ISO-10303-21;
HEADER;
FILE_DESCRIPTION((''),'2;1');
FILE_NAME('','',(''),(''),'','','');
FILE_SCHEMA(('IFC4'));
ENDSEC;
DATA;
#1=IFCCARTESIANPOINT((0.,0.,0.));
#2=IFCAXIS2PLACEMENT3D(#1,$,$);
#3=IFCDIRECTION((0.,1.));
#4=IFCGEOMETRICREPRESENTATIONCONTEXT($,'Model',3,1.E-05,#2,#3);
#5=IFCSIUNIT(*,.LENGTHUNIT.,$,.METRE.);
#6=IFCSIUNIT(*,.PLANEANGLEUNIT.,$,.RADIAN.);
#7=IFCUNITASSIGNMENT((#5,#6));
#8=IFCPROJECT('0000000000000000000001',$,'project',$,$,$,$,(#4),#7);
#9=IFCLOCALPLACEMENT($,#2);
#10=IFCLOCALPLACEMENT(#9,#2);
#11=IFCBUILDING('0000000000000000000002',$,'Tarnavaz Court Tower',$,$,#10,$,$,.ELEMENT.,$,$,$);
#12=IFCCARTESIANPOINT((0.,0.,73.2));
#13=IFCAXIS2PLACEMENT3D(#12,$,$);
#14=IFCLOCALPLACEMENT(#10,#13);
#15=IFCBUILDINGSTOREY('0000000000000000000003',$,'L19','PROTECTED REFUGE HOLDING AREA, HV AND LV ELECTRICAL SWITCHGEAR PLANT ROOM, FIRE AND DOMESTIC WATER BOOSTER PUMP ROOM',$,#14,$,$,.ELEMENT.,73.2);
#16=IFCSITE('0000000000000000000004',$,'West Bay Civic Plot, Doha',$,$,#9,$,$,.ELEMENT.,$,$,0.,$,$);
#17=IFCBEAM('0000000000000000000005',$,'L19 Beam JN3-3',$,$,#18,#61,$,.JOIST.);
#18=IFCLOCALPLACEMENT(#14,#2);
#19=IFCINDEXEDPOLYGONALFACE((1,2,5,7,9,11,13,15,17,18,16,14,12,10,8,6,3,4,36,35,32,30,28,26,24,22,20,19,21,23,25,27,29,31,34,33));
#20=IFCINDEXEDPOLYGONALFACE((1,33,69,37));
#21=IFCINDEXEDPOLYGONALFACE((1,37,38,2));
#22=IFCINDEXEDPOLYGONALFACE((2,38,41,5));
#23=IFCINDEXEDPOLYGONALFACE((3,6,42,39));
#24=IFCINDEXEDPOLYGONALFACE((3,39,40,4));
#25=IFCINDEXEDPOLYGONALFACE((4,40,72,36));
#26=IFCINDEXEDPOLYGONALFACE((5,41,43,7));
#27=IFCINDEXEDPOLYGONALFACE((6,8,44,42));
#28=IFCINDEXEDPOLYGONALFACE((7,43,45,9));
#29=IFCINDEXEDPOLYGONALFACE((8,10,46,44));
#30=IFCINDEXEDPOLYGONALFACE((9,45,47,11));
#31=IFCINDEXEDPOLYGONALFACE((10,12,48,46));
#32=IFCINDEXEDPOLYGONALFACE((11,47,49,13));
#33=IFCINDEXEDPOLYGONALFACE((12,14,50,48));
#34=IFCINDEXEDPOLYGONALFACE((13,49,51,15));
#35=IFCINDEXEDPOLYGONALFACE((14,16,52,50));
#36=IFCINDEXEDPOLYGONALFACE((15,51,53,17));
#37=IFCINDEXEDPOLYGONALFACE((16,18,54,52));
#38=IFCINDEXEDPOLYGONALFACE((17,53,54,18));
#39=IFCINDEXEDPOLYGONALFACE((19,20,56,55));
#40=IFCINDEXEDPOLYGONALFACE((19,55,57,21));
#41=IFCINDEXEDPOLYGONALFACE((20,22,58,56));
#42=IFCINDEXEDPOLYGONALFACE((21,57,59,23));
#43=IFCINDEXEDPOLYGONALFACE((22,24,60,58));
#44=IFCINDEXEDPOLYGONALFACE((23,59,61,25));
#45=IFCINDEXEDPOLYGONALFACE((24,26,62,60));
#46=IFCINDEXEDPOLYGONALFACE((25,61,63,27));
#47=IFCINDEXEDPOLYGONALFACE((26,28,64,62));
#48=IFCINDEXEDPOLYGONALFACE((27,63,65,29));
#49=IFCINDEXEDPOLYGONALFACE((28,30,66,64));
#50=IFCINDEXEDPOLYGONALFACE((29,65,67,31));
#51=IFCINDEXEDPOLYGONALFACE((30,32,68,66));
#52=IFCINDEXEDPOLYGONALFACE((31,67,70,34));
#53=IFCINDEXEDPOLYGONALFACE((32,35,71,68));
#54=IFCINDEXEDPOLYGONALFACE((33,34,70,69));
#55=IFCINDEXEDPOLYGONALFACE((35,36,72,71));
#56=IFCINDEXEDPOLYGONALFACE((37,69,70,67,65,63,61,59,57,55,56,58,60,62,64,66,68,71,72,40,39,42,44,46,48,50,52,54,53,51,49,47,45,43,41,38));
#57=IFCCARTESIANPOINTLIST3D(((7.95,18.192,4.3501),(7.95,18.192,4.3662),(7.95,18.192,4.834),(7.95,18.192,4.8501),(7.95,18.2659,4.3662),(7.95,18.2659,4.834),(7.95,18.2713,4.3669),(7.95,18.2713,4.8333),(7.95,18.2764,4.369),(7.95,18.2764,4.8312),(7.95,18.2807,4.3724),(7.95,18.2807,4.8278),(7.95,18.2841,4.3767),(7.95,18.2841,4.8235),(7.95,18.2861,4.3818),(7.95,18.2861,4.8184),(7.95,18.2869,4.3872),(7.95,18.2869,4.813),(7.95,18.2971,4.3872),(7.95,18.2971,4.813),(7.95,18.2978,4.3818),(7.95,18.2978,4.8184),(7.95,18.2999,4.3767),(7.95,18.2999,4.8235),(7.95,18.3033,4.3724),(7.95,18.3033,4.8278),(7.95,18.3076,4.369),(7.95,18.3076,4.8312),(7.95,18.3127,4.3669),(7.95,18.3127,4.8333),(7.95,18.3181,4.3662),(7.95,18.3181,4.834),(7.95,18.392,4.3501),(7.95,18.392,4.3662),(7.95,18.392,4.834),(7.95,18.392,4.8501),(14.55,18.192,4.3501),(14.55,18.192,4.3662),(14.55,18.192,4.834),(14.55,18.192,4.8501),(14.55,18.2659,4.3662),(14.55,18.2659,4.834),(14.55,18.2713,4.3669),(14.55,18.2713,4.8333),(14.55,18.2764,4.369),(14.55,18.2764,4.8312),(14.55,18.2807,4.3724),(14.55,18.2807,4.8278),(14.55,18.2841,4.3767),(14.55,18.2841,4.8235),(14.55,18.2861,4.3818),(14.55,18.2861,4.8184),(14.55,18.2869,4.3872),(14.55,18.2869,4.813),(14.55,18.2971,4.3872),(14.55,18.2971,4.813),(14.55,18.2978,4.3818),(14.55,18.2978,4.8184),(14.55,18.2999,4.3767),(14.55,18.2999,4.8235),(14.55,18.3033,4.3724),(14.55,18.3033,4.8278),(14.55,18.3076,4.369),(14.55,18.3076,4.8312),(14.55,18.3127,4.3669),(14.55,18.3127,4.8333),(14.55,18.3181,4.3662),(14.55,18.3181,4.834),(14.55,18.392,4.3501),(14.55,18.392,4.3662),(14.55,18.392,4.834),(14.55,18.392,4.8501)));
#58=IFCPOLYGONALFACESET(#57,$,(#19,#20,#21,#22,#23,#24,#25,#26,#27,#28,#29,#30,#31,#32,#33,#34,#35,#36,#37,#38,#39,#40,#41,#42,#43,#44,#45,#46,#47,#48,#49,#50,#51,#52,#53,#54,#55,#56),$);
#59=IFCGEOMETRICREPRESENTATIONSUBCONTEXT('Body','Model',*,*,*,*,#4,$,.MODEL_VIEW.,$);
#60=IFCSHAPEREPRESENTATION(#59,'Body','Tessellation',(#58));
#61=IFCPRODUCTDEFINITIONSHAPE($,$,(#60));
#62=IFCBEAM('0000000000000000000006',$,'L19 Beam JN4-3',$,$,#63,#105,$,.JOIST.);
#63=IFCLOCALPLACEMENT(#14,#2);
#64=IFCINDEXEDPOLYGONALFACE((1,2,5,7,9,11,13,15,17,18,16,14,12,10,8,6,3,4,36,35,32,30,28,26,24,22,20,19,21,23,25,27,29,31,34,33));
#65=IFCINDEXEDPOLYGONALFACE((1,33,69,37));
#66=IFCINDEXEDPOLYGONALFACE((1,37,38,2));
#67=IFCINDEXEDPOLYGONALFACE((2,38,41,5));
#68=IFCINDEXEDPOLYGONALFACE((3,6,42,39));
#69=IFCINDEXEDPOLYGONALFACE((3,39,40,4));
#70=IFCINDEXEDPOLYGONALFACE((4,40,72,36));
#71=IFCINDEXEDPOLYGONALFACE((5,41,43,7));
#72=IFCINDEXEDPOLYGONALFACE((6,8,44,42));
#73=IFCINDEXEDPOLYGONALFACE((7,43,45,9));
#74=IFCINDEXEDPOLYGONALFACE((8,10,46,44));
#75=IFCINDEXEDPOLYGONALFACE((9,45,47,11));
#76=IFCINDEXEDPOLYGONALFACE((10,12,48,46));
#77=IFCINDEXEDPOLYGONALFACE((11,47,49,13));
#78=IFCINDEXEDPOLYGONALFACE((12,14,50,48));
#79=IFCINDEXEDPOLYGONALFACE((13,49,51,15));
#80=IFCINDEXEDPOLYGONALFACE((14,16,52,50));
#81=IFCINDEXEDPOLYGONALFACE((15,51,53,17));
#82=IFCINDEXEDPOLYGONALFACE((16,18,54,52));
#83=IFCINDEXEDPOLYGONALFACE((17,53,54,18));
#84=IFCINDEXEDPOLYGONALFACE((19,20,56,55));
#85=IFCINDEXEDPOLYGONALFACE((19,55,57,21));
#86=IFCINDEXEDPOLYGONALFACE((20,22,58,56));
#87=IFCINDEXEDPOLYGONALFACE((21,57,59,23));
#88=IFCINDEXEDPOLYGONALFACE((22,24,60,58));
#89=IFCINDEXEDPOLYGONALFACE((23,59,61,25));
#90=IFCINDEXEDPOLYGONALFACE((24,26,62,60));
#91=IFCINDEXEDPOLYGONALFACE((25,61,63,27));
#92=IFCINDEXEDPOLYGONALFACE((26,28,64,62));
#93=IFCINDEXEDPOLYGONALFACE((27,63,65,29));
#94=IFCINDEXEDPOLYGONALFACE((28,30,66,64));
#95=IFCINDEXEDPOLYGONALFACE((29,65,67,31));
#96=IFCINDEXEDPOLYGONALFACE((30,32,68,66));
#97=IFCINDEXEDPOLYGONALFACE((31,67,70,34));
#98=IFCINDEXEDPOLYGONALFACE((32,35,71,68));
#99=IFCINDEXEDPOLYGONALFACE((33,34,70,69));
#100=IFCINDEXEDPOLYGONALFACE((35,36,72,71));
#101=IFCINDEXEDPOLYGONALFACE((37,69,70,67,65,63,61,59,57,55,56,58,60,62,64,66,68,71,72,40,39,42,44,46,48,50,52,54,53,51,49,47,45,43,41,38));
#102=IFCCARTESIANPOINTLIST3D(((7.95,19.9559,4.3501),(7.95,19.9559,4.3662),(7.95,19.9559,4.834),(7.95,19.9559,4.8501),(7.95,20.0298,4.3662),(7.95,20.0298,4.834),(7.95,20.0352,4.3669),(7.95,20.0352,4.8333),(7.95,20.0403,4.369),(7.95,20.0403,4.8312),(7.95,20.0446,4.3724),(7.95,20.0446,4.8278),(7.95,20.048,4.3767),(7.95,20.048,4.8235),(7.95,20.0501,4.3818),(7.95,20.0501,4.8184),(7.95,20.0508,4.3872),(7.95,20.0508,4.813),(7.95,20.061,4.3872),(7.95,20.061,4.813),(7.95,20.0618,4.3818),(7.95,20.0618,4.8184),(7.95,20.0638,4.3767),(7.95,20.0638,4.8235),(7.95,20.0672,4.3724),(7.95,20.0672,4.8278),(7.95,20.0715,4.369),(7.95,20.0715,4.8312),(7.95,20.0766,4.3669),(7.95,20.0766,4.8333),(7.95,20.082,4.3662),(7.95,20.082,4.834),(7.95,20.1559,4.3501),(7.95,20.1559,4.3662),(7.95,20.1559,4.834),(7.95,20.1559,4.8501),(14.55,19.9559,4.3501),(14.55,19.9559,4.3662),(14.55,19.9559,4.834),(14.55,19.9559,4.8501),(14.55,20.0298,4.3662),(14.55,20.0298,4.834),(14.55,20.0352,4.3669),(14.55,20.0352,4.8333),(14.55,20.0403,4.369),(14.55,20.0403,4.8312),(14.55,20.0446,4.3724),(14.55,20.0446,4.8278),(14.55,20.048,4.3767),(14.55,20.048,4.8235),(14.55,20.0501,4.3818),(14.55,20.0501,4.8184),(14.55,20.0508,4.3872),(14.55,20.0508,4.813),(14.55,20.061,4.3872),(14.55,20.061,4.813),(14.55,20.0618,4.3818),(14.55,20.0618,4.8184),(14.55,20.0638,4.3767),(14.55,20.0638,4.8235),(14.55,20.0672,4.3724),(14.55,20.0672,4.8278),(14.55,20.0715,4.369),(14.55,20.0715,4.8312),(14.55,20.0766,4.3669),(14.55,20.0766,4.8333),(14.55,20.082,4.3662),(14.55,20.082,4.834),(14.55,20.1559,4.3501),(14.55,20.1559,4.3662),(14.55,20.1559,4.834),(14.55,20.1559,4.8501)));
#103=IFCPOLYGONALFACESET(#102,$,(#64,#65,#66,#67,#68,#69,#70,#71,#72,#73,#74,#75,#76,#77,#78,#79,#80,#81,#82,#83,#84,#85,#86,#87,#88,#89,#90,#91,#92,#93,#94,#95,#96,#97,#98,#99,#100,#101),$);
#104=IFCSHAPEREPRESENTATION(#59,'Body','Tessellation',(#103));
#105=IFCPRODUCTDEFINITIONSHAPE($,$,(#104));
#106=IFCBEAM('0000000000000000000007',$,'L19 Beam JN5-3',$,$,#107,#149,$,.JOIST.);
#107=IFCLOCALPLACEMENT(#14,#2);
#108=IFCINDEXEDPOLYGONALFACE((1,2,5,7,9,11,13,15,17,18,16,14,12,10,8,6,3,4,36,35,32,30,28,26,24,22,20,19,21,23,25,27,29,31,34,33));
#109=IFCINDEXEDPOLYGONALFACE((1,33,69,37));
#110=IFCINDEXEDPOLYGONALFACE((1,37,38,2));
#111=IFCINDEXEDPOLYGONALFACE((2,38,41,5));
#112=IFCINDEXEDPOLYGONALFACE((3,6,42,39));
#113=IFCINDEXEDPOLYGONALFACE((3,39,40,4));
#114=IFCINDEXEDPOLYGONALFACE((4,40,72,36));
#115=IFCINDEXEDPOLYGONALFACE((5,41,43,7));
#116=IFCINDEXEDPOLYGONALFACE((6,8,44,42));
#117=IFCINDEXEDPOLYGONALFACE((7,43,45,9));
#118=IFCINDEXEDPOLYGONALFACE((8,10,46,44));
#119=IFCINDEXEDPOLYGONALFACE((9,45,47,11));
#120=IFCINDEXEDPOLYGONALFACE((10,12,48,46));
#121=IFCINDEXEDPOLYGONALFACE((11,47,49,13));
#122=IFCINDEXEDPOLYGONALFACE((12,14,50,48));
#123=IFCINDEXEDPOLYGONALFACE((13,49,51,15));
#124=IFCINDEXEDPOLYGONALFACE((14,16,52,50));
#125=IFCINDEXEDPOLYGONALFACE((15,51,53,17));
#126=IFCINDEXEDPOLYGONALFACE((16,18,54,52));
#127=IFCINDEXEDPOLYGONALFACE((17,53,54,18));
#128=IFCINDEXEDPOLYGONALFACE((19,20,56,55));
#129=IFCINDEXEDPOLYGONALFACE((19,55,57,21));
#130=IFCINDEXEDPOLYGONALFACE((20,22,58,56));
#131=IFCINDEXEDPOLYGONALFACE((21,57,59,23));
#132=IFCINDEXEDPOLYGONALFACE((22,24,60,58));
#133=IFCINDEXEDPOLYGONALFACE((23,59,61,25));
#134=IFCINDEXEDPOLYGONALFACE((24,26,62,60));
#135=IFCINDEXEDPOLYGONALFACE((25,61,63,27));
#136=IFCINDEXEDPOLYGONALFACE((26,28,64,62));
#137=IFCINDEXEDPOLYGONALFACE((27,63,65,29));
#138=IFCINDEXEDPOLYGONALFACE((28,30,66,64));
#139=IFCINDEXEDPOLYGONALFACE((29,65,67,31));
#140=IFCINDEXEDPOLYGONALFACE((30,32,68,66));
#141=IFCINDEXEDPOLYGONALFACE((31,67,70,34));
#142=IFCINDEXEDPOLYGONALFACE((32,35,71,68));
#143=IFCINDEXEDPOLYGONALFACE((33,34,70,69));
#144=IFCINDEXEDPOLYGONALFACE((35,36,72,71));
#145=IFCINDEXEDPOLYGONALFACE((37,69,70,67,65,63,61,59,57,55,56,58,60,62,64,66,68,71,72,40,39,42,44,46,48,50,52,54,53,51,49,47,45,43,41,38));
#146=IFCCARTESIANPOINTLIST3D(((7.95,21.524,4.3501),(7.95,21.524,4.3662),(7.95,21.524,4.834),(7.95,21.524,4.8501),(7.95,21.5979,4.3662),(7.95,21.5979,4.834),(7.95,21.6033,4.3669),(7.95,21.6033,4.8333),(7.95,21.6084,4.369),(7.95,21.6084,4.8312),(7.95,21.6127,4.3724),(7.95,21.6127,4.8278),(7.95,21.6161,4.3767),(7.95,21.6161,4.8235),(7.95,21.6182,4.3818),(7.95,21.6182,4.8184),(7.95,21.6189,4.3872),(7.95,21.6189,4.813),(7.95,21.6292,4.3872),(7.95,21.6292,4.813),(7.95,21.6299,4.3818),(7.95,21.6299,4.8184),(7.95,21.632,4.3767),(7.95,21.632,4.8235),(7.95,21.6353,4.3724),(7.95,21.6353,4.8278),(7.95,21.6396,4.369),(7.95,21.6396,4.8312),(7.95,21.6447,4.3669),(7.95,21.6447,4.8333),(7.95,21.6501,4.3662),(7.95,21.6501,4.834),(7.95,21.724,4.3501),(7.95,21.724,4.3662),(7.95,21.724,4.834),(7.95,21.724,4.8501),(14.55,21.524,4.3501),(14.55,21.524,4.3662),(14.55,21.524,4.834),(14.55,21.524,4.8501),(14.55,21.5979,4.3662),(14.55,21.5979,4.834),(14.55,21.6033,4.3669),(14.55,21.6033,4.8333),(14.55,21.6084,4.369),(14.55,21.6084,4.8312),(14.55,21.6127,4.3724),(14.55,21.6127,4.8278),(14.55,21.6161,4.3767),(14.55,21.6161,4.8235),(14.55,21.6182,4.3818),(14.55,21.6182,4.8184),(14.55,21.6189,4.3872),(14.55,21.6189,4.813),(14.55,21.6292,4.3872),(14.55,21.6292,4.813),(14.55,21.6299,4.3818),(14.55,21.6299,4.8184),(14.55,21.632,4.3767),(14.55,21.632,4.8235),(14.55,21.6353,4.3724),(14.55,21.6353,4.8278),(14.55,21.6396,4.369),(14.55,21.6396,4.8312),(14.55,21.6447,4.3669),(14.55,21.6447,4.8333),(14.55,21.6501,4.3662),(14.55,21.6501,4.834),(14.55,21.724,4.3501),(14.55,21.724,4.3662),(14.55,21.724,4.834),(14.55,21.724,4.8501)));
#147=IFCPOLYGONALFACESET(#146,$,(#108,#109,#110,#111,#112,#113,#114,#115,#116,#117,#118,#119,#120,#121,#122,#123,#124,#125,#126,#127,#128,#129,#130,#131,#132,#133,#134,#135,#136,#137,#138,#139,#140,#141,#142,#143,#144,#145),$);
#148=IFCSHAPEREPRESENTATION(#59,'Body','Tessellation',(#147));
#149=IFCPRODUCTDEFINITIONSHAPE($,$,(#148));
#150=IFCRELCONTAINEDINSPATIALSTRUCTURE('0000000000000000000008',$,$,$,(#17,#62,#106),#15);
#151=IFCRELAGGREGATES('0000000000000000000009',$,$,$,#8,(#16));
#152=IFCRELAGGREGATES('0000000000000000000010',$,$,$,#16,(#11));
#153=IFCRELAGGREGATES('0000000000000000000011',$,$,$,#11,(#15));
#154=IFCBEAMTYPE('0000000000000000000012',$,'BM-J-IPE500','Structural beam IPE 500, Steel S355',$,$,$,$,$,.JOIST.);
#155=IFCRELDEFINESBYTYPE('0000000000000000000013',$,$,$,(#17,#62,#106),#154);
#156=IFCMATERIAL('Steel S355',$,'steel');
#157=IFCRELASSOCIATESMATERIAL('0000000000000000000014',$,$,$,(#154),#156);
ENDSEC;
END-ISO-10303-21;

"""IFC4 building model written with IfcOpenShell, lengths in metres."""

from ifc_helpers import new_model, si_unit, direction, frame, origin, origin_2d, place, context, subcontext, project, spatial, i_section, extrude, material, material_profile, profile_set, type_object, element, save


model = new_model("IFC4")

# Units and contexts
model_context = context("Model", 3, precision=1e-05, world=origin(), true_north=direction((0.0, 1.0)))
body_context = subcontext(model_context, "Body", "Model", "MODEL_VIEW")
ifc_project = project(units=[si_unit("LENGTHUNIT", "METRE"), si_unit("PLANEANGLEUNIT", "RADIAN")], contexts=[model_context])

# Site, building, storey
site_placement = place(None, origin())
site = spatial("IfcSite", under=ifc_project, at=site_placement, Name="West Bay Civic Plot, Doha", CompositionType="ELEMENT", RefElevation=0.0)
building_placement = place(site_placement, origin())
building = spatial("IfcBuilding", under=site, at=building_placement, Name="Tarnavaz Court Tower", CompositionType="ELEMENT")
storey_placement = place(building_placement, frame((0.0, 0.0, 73.2)))
storey = spatial("IfcBuildingStorey", under=building, at=storey_placement, Name="L19", Description="PROTECTED REFUGE HOLDING AREA, HV AND LV ELECTRICAL SWITCHGEAR PLANT ROOM, FIRE AND DOMESTIC WATER BOOSTER PUMP ROOM", CompositionType="ELEMENT", Elevation=73.2)

# Beams
ifc_material_1 = material(Name="Steel S355", Category="steel")
ifc_material_profile_1 = material_profile(ifc_material_1, i_section(OverallWidth=0.2, OverallDepth=0.5, WebThickness=0.0103, FlangeThickness=0.0161, FilletRadius=0.021, at=origin_2d()), Name="IPE 500")
ifc_profile_set_1 = profile_set([ifc_material_profile_1], Name="Steel S355")
beam_type_1 = type_object("IfcBeamType", Name="BM-J-IPE500", Description="Structural beam IPE 500, Steel S355", PredefinedType="JOIST", material=ifc_profile_set_1)
for number, where, z_axis, x_axis, name in (
    (1, (7.95, 18.292, 4.6001), (1.0, 0.0, 0.0), (0.0, 1.0, 0.0), "L19 Beam JN3-3"),
    (2, (7.95, 20.0559, 4.6001), (1.0, 0.0, 0.0), (0.0, 1.0, 0.0), "L19 Beam JN4-3"),
    (3, (7.95, 21.624, 4.6001), (1.0, 0.0, 0.0), (0.0, 1.0, 0.0), "L19 Beam JN5-3"),
):
    element("IfcBeam", number, at=place(storey_placement, frame(where, z_axis=z_axis, x_axis=x_axis)), inside=storey, type_object=beam_type_1, Name=name, PredefinedType="JOIST", context=body_context, shape_type="SweptSolid", body=[
        extrude(i_section(OverallWidth=0.2, OverallDepth=0.5, WebThickness=0.0103, FlangeThickness=0.0161, FilletRadius=0.021, at=origin_2d()), origin(), (0.0, 0.0, 1.0), 6.6001),
    ])

save(model, "model.ifc")
